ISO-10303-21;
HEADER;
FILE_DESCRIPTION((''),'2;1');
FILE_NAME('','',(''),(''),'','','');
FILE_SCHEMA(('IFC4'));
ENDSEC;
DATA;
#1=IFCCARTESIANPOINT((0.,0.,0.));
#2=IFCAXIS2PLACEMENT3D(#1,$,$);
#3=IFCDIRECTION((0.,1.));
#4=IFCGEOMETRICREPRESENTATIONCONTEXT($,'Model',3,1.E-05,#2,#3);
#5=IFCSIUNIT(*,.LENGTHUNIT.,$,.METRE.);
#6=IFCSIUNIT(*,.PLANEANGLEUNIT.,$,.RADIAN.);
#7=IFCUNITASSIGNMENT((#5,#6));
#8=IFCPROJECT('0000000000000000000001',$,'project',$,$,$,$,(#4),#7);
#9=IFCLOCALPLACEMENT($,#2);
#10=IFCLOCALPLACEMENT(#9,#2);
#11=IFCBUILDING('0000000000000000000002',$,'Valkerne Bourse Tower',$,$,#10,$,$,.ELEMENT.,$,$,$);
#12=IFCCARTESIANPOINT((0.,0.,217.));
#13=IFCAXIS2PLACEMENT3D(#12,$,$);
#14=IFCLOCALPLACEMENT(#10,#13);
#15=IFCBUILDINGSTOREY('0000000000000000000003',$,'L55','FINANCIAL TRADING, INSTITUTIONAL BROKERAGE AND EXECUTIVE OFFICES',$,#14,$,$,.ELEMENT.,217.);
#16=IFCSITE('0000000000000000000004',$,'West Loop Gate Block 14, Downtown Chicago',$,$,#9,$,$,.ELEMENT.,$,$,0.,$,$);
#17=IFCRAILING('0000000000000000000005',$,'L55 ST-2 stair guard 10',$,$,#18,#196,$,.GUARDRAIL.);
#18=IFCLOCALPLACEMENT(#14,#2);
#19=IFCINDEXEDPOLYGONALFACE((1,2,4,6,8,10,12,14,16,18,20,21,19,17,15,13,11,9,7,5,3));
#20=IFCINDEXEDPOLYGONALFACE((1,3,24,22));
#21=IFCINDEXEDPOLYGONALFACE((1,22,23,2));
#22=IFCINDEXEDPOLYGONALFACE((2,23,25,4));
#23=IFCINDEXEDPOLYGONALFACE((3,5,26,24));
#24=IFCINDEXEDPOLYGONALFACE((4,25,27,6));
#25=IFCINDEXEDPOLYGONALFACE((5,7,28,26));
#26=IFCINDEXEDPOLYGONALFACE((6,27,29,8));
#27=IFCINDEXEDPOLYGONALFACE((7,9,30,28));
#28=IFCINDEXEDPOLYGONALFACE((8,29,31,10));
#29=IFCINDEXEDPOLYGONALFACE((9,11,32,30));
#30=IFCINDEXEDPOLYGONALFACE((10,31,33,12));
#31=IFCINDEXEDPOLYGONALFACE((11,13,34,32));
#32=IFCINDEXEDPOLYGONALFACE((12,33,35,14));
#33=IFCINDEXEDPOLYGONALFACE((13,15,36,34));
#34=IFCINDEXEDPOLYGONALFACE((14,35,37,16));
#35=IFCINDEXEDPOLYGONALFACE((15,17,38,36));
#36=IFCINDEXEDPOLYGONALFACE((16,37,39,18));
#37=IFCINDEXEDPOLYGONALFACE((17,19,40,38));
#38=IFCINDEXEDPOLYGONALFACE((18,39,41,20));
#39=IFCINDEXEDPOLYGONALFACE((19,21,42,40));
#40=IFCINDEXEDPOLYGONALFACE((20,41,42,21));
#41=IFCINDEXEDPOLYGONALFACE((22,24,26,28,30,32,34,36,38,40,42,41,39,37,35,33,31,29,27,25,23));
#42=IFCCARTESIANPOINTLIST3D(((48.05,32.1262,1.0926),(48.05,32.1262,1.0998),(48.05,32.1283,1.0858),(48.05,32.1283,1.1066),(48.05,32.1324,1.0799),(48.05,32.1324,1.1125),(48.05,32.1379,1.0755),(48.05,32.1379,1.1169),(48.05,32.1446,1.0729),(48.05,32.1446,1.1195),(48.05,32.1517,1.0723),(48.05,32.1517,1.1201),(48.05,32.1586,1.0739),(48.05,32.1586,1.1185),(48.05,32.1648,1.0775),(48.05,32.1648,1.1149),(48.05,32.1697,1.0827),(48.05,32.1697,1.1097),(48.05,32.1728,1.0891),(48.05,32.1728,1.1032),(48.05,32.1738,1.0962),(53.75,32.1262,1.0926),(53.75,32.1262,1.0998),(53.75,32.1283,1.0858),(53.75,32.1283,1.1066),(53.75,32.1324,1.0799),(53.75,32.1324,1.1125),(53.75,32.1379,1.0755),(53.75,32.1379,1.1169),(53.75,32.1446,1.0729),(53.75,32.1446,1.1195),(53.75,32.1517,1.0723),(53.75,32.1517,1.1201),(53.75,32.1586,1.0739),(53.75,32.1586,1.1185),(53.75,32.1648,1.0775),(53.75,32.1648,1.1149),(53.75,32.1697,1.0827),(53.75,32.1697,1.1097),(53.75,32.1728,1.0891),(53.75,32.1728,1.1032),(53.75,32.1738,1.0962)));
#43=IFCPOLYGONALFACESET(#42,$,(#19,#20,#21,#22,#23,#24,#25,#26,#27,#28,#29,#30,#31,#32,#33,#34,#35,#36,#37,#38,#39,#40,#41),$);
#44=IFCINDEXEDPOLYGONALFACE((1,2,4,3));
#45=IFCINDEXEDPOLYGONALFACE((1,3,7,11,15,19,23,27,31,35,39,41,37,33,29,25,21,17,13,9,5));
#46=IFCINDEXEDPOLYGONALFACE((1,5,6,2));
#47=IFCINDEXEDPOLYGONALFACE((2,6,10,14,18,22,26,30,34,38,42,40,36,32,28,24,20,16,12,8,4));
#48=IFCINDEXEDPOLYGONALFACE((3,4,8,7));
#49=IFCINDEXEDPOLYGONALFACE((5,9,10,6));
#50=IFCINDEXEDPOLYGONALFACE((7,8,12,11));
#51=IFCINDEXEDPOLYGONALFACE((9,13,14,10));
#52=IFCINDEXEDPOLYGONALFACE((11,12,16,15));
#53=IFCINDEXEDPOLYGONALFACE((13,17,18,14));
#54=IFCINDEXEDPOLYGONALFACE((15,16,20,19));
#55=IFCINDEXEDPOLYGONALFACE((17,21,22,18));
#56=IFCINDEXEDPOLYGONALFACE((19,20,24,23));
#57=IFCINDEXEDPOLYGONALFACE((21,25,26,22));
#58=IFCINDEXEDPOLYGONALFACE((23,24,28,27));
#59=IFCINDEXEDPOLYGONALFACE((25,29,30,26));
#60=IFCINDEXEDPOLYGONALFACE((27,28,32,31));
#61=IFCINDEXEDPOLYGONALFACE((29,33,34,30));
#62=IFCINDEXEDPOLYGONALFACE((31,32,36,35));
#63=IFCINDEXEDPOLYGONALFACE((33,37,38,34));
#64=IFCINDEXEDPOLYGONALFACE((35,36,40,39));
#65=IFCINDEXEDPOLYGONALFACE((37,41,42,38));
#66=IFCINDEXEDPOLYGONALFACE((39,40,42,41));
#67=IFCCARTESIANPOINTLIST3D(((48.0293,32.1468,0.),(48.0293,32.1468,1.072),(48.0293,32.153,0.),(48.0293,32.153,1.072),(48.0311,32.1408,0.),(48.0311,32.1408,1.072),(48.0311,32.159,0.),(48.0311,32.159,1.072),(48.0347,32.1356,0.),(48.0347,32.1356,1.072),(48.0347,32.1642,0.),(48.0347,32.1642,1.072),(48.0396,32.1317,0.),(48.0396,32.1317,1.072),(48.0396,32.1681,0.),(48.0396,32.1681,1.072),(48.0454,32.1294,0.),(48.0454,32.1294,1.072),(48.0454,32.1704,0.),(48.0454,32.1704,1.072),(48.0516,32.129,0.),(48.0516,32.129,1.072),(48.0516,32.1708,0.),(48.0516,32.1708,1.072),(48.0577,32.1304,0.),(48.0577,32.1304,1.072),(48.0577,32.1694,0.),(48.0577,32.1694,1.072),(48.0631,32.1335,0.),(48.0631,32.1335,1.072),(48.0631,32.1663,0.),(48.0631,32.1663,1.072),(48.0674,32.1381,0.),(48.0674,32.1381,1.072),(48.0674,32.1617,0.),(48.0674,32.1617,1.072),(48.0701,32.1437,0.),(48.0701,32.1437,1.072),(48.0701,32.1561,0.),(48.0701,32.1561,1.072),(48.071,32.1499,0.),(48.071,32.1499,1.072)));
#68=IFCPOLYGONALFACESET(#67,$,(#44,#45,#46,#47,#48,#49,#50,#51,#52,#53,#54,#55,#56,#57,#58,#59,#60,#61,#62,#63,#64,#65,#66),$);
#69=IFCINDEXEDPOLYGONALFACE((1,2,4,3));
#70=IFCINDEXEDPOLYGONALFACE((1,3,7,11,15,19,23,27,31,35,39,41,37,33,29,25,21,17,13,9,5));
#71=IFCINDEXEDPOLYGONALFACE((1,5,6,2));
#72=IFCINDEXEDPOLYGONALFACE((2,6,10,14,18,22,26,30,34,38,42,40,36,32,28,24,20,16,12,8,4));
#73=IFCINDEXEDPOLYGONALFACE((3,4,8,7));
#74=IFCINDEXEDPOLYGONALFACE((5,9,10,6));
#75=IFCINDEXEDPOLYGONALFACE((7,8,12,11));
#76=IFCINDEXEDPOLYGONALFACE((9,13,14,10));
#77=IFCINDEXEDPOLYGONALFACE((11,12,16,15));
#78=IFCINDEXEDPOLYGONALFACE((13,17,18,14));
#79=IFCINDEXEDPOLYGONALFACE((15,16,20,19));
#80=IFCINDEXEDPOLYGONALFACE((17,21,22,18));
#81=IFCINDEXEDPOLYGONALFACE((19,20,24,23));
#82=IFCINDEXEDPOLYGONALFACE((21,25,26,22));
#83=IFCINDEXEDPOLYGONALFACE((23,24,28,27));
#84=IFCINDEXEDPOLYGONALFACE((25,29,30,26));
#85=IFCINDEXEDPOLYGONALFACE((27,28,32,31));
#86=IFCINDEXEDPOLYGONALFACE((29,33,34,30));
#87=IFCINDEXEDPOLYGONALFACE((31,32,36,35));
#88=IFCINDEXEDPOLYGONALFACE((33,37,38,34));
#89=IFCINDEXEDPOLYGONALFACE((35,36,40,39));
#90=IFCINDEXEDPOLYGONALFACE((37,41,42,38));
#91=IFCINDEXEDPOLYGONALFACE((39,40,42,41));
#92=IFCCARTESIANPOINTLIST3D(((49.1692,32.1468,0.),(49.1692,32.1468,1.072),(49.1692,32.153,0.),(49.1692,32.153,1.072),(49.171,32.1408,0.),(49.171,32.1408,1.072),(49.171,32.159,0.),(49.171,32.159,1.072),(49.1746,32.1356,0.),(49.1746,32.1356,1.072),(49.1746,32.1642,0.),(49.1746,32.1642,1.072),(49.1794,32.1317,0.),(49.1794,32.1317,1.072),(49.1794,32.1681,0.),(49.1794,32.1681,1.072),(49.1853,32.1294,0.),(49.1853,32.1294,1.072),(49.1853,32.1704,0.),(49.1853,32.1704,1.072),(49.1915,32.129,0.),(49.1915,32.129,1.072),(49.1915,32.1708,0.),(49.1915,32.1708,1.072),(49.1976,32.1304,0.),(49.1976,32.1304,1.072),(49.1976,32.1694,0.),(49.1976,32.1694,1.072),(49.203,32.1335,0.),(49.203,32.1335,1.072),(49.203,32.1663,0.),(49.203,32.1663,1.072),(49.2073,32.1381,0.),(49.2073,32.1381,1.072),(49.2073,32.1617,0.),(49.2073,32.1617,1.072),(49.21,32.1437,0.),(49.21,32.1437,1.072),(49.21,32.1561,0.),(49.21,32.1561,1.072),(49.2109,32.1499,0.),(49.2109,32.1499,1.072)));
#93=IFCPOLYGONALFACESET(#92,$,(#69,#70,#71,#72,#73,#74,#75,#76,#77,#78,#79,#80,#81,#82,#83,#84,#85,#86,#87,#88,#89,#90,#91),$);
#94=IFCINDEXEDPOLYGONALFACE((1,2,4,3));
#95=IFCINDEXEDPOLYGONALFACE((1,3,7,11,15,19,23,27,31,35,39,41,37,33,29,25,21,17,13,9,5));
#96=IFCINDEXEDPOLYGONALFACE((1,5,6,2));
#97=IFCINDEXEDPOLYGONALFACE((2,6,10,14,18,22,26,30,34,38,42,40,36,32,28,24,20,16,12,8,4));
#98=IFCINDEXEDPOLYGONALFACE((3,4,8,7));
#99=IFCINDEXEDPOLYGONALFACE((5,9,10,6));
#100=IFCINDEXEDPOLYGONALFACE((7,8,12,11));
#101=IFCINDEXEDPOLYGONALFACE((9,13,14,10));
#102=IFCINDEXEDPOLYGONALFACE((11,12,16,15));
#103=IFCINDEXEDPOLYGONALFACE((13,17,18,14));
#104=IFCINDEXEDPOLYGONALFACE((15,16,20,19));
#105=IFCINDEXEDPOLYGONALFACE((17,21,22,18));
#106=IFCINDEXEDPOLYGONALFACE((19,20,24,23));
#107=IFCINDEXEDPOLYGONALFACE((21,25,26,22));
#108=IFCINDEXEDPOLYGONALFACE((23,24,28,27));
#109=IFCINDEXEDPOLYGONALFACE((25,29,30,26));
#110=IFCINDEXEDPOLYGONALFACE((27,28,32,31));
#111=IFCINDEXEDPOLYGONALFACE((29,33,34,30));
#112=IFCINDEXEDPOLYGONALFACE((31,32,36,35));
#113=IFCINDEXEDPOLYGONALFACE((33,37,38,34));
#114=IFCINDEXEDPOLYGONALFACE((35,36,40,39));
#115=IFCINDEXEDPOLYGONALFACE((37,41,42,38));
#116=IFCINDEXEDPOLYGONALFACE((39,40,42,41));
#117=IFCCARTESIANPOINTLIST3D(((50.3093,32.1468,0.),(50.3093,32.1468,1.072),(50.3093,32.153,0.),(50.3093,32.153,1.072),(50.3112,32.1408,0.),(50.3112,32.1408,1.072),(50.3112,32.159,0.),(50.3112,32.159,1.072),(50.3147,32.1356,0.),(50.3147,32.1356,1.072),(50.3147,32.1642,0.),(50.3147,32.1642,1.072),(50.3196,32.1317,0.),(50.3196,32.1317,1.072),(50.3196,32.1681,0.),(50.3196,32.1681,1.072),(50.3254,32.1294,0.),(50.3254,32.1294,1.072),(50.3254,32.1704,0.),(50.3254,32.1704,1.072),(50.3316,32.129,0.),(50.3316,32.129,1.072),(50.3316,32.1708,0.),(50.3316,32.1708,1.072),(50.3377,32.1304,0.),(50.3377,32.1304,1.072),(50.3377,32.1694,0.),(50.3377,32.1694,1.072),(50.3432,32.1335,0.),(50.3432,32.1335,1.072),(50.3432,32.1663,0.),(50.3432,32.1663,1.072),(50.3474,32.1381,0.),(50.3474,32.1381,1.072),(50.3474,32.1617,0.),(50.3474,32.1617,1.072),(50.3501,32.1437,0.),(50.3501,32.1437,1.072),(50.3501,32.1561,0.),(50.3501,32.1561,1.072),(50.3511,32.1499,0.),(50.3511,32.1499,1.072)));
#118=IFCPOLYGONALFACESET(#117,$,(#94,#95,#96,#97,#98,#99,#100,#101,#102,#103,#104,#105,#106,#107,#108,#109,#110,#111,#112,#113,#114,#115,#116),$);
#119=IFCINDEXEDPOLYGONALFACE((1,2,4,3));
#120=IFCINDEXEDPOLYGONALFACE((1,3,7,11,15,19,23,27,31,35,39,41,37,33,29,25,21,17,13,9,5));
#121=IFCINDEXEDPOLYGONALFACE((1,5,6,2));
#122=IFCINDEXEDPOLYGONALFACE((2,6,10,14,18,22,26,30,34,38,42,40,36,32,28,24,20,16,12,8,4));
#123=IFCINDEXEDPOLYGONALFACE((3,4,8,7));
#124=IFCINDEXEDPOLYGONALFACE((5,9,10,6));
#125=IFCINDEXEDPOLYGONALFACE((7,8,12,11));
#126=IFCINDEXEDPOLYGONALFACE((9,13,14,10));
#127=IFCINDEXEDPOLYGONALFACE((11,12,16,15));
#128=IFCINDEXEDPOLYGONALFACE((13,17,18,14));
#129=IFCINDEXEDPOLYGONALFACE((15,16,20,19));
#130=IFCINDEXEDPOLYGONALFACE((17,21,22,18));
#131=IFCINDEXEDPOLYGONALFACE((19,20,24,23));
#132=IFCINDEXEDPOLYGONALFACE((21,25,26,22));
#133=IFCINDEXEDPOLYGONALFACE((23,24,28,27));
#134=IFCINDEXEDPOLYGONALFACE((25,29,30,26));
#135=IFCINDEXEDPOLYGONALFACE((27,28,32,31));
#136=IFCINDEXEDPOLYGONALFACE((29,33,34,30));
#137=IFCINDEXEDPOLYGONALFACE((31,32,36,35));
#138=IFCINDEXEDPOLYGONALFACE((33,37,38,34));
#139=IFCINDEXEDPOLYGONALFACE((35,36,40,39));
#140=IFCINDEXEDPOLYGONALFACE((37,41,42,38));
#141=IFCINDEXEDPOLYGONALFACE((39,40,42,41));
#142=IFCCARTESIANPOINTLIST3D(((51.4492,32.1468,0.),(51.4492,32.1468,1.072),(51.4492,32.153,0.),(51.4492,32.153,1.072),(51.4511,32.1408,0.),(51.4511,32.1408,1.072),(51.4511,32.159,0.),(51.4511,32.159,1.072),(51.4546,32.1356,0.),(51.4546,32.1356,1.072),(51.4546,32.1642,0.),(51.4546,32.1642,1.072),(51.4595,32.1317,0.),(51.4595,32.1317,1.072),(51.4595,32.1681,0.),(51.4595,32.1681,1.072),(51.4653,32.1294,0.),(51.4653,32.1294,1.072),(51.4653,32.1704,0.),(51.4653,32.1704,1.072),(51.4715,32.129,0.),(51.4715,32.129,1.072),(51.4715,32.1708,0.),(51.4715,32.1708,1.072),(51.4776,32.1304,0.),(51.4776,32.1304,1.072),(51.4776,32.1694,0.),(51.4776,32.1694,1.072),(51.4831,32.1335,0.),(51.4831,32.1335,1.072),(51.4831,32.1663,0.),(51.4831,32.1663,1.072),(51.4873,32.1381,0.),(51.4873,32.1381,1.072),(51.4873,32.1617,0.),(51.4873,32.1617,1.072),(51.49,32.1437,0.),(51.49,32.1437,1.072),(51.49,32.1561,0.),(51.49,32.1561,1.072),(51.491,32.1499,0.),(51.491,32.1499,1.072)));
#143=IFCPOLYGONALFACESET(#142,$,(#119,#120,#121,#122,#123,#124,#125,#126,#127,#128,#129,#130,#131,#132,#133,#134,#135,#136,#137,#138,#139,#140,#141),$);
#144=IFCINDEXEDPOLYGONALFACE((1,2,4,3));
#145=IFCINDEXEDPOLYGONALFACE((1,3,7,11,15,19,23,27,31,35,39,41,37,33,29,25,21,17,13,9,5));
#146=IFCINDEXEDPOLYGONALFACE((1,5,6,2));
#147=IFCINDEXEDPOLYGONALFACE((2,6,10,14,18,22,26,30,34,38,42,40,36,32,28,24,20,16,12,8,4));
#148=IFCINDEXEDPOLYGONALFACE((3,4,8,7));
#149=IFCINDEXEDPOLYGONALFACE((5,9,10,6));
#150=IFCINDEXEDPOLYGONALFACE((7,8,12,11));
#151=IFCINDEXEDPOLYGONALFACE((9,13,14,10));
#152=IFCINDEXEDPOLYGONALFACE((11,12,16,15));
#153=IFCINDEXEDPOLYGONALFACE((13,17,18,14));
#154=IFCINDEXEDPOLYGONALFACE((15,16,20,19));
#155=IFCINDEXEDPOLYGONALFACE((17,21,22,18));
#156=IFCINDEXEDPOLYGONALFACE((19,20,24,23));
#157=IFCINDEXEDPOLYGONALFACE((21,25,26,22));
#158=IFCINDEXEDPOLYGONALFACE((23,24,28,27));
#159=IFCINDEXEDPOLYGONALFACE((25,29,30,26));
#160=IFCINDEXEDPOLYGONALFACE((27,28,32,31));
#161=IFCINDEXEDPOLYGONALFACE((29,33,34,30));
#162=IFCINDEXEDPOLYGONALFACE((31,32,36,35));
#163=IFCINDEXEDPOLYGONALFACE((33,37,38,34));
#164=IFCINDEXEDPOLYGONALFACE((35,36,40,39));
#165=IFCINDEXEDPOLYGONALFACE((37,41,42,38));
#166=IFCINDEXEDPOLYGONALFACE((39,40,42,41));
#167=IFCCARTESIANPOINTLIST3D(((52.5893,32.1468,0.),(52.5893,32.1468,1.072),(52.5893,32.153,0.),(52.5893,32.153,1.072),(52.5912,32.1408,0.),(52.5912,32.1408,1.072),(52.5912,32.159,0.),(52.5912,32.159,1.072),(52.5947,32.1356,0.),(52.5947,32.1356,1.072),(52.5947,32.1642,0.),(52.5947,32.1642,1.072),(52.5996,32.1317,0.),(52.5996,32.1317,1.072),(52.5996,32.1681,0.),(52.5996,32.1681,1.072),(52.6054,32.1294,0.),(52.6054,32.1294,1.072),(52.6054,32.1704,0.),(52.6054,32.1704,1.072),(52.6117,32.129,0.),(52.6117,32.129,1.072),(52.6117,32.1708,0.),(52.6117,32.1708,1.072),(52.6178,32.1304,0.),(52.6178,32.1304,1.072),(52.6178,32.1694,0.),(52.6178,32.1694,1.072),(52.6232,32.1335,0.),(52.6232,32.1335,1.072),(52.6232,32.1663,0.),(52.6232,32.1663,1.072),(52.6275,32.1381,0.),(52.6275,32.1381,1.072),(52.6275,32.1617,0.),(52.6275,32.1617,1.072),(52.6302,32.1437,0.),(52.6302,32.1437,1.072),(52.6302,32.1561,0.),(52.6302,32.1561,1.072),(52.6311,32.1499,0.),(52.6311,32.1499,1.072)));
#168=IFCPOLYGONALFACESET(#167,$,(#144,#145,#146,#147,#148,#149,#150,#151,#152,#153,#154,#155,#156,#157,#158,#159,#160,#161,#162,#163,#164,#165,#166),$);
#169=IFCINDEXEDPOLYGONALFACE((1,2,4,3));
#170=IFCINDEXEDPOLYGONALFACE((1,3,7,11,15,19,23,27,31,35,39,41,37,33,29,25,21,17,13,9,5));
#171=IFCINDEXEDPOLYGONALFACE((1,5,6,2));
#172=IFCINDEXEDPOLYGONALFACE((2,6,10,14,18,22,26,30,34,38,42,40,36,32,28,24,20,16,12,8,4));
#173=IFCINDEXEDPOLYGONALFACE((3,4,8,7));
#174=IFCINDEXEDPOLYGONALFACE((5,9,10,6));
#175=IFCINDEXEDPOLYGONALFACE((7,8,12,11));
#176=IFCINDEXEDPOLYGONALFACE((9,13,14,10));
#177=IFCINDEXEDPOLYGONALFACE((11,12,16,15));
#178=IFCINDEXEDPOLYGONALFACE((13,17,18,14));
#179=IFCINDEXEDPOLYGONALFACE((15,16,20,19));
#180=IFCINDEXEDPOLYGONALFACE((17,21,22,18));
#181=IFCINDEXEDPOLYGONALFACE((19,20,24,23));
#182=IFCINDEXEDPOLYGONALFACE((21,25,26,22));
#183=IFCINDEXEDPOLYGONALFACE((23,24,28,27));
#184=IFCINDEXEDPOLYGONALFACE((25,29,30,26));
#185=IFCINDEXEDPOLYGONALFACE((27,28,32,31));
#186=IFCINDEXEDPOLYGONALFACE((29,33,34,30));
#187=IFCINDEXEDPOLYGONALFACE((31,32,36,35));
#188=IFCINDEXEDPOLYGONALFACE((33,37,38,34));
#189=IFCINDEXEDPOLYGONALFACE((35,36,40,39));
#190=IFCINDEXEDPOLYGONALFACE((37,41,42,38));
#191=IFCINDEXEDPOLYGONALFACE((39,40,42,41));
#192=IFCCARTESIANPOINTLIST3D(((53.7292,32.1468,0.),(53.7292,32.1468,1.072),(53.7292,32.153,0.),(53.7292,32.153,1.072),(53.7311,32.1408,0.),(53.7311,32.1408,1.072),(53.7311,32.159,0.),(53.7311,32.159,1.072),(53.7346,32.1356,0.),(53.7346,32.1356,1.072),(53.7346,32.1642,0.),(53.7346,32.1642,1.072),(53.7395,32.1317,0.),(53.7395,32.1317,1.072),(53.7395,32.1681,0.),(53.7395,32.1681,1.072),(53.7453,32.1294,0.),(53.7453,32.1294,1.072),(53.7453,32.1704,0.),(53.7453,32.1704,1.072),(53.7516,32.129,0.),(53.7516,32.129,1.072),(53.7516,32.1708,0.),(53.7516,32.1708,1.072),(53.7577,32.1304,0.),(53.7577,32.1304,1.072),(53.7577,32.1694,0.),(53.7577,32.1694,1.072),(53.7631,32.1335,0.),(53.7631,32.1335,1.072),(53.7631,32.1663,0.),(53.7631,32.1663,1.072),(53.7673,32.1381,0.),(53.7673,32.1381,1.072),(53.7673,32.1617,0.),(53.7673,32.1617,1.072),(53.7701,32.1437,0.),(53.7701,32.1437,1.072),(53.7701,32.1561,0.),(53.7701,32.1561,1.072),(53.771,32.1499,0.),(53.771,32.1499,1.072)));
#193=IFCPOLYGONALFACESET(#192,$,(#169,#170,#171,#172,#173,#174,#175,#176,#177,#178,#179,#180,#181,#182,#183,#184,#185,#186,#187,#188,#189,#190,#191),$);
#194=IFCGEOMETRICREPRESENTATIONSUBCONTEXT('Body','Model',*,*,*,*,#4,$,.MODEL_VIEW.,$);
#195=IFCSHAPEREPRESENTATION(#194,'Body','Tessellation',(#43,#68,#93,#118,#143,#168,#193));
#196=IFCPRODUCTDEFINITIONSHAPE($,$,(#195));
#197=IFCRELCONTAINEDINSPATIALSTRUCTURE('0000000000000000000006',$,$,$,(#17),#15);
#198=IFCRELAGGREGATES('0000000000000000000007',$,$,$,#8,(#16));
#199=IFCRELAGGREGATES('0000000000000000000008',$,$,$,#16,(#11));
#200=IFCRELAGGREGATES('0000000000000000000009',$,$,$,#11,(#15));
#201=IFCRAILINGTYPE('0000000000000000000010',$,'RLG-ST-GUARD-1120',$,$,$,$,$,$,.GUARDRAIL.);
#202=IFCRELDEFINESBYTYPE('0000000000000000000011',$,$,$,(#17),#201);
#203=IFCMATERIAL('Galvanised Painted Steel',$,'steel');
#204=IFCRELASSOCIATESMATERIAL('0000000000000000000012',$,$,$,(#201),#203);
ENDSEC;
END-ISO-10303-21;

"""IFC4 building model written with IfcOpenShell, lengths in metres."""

from ifc_helpers import new_model, si_unit, direction, frame, origin, origin_2d, place, context, subcontext, project, spatial, circle, extrude, material, type_object, element, save


model = new_model("IFC4")

# Units and contexts
model_context = context("Model", 3, precision=1e-05, world=origin(), true_north=direction((0.0, 1.0)))
body_context = subcontext(model_context, "Body", "Model", "MODEL_VIEW")
ifc_project = project(units=[si_unit("LENGTHUNIT", "METRE"), si_unit("PLANEANGLEUNIT", "RADIAN")], contexts=[model_context])

# Site, building, storey
site_placement = place(None, origin())
site = spatial("IfcSite", under=ifc_project, at=site_placement, Name="West Loop Gate Block 14, Downtown Chicago", CompositionType="ELEMENT", RefElevation=0.0)
building_placement = place(site_placement, origin())
building = spatial("IfcBuilding", under=site, at=building_placement, Name="Valkerne Bourse Tower", CompositionType="ELEMENT")
storey_placement = place(building_placement, frame((0.0, 0.0, 217.0)))
storey = spatial("IfcBuildingStorey", under=building, at=storey_placement, Name="L55", Description="FINANCIAL TRADING, INSTITUTIONAL BROKERAGE AND EXECUTIVE OFFICES", CompositionType="ELEMENT", Elevation=217.0)

# Shared definitions
ifc_material_1 = material(Name="Galvanised Painted Steel", Category="steel")

# Railing
railing_type_1 = type_object("IfcRailingType", Name="RLG-ST-GUARD-1120", PredefinedType="GUARDRAIL", material=ifc_material_1)
for number, where, name in (
    (1, (48.05, 32.1499, 0.0), "L55 ST-2 stair guard 10"),
):
    element("IfcRailing", number, at=place(storey_placement, frame(where)), inside=storey, type_object=railing_type_1, Name=name, PredefinedType="GUARDRAIL", context=body_context, shape_type="SweptSolid", body=[
        extrude(circle(Radius=0.0239, at=origin_2d()), frame((0.0, 0.0, 1.0962), z_axis=(1.0, 0.0, 0.0), x_axis=(0.0, 1.0, 0.0)), (0.0, 0.0, 1.0), 5.7),
        extrude(circle(Radius=0.021, at=origin_2d()), origin(), (0.0, 0.0, 1.0), 1.072),
        extrude(circle(Radius=0.021, at=origin_2d()), frame((1.1399, 0.0, 0.0)), (0.0, 0.0, 1.0), 1.072),
        extrude(circle(Radius=0.021, at=origin_2d()), frame((2.28, 0.0, 0.0)), (0.0, 0.0, 1.0), 1.072),
        extrude(circle(Radius=0.021, at=origin_2d()), frame((3.4199, 0.0, 0.0)), (0.0, 0.0, 1.0), 1.072),
        extrude(circle(Radius=0.021, at=origin_2d()), frame((4.5601, 0.0, 0.0)), (0.0, 0.0, 1.0), 1.072),
        extrude(circle(Radius=0.021, at=origin_2d()), frame((5.7, 0.0, 0.0)), (0.0, 0.0, 1.0), 1.072),
    ])

save(model, "model.ifc")
